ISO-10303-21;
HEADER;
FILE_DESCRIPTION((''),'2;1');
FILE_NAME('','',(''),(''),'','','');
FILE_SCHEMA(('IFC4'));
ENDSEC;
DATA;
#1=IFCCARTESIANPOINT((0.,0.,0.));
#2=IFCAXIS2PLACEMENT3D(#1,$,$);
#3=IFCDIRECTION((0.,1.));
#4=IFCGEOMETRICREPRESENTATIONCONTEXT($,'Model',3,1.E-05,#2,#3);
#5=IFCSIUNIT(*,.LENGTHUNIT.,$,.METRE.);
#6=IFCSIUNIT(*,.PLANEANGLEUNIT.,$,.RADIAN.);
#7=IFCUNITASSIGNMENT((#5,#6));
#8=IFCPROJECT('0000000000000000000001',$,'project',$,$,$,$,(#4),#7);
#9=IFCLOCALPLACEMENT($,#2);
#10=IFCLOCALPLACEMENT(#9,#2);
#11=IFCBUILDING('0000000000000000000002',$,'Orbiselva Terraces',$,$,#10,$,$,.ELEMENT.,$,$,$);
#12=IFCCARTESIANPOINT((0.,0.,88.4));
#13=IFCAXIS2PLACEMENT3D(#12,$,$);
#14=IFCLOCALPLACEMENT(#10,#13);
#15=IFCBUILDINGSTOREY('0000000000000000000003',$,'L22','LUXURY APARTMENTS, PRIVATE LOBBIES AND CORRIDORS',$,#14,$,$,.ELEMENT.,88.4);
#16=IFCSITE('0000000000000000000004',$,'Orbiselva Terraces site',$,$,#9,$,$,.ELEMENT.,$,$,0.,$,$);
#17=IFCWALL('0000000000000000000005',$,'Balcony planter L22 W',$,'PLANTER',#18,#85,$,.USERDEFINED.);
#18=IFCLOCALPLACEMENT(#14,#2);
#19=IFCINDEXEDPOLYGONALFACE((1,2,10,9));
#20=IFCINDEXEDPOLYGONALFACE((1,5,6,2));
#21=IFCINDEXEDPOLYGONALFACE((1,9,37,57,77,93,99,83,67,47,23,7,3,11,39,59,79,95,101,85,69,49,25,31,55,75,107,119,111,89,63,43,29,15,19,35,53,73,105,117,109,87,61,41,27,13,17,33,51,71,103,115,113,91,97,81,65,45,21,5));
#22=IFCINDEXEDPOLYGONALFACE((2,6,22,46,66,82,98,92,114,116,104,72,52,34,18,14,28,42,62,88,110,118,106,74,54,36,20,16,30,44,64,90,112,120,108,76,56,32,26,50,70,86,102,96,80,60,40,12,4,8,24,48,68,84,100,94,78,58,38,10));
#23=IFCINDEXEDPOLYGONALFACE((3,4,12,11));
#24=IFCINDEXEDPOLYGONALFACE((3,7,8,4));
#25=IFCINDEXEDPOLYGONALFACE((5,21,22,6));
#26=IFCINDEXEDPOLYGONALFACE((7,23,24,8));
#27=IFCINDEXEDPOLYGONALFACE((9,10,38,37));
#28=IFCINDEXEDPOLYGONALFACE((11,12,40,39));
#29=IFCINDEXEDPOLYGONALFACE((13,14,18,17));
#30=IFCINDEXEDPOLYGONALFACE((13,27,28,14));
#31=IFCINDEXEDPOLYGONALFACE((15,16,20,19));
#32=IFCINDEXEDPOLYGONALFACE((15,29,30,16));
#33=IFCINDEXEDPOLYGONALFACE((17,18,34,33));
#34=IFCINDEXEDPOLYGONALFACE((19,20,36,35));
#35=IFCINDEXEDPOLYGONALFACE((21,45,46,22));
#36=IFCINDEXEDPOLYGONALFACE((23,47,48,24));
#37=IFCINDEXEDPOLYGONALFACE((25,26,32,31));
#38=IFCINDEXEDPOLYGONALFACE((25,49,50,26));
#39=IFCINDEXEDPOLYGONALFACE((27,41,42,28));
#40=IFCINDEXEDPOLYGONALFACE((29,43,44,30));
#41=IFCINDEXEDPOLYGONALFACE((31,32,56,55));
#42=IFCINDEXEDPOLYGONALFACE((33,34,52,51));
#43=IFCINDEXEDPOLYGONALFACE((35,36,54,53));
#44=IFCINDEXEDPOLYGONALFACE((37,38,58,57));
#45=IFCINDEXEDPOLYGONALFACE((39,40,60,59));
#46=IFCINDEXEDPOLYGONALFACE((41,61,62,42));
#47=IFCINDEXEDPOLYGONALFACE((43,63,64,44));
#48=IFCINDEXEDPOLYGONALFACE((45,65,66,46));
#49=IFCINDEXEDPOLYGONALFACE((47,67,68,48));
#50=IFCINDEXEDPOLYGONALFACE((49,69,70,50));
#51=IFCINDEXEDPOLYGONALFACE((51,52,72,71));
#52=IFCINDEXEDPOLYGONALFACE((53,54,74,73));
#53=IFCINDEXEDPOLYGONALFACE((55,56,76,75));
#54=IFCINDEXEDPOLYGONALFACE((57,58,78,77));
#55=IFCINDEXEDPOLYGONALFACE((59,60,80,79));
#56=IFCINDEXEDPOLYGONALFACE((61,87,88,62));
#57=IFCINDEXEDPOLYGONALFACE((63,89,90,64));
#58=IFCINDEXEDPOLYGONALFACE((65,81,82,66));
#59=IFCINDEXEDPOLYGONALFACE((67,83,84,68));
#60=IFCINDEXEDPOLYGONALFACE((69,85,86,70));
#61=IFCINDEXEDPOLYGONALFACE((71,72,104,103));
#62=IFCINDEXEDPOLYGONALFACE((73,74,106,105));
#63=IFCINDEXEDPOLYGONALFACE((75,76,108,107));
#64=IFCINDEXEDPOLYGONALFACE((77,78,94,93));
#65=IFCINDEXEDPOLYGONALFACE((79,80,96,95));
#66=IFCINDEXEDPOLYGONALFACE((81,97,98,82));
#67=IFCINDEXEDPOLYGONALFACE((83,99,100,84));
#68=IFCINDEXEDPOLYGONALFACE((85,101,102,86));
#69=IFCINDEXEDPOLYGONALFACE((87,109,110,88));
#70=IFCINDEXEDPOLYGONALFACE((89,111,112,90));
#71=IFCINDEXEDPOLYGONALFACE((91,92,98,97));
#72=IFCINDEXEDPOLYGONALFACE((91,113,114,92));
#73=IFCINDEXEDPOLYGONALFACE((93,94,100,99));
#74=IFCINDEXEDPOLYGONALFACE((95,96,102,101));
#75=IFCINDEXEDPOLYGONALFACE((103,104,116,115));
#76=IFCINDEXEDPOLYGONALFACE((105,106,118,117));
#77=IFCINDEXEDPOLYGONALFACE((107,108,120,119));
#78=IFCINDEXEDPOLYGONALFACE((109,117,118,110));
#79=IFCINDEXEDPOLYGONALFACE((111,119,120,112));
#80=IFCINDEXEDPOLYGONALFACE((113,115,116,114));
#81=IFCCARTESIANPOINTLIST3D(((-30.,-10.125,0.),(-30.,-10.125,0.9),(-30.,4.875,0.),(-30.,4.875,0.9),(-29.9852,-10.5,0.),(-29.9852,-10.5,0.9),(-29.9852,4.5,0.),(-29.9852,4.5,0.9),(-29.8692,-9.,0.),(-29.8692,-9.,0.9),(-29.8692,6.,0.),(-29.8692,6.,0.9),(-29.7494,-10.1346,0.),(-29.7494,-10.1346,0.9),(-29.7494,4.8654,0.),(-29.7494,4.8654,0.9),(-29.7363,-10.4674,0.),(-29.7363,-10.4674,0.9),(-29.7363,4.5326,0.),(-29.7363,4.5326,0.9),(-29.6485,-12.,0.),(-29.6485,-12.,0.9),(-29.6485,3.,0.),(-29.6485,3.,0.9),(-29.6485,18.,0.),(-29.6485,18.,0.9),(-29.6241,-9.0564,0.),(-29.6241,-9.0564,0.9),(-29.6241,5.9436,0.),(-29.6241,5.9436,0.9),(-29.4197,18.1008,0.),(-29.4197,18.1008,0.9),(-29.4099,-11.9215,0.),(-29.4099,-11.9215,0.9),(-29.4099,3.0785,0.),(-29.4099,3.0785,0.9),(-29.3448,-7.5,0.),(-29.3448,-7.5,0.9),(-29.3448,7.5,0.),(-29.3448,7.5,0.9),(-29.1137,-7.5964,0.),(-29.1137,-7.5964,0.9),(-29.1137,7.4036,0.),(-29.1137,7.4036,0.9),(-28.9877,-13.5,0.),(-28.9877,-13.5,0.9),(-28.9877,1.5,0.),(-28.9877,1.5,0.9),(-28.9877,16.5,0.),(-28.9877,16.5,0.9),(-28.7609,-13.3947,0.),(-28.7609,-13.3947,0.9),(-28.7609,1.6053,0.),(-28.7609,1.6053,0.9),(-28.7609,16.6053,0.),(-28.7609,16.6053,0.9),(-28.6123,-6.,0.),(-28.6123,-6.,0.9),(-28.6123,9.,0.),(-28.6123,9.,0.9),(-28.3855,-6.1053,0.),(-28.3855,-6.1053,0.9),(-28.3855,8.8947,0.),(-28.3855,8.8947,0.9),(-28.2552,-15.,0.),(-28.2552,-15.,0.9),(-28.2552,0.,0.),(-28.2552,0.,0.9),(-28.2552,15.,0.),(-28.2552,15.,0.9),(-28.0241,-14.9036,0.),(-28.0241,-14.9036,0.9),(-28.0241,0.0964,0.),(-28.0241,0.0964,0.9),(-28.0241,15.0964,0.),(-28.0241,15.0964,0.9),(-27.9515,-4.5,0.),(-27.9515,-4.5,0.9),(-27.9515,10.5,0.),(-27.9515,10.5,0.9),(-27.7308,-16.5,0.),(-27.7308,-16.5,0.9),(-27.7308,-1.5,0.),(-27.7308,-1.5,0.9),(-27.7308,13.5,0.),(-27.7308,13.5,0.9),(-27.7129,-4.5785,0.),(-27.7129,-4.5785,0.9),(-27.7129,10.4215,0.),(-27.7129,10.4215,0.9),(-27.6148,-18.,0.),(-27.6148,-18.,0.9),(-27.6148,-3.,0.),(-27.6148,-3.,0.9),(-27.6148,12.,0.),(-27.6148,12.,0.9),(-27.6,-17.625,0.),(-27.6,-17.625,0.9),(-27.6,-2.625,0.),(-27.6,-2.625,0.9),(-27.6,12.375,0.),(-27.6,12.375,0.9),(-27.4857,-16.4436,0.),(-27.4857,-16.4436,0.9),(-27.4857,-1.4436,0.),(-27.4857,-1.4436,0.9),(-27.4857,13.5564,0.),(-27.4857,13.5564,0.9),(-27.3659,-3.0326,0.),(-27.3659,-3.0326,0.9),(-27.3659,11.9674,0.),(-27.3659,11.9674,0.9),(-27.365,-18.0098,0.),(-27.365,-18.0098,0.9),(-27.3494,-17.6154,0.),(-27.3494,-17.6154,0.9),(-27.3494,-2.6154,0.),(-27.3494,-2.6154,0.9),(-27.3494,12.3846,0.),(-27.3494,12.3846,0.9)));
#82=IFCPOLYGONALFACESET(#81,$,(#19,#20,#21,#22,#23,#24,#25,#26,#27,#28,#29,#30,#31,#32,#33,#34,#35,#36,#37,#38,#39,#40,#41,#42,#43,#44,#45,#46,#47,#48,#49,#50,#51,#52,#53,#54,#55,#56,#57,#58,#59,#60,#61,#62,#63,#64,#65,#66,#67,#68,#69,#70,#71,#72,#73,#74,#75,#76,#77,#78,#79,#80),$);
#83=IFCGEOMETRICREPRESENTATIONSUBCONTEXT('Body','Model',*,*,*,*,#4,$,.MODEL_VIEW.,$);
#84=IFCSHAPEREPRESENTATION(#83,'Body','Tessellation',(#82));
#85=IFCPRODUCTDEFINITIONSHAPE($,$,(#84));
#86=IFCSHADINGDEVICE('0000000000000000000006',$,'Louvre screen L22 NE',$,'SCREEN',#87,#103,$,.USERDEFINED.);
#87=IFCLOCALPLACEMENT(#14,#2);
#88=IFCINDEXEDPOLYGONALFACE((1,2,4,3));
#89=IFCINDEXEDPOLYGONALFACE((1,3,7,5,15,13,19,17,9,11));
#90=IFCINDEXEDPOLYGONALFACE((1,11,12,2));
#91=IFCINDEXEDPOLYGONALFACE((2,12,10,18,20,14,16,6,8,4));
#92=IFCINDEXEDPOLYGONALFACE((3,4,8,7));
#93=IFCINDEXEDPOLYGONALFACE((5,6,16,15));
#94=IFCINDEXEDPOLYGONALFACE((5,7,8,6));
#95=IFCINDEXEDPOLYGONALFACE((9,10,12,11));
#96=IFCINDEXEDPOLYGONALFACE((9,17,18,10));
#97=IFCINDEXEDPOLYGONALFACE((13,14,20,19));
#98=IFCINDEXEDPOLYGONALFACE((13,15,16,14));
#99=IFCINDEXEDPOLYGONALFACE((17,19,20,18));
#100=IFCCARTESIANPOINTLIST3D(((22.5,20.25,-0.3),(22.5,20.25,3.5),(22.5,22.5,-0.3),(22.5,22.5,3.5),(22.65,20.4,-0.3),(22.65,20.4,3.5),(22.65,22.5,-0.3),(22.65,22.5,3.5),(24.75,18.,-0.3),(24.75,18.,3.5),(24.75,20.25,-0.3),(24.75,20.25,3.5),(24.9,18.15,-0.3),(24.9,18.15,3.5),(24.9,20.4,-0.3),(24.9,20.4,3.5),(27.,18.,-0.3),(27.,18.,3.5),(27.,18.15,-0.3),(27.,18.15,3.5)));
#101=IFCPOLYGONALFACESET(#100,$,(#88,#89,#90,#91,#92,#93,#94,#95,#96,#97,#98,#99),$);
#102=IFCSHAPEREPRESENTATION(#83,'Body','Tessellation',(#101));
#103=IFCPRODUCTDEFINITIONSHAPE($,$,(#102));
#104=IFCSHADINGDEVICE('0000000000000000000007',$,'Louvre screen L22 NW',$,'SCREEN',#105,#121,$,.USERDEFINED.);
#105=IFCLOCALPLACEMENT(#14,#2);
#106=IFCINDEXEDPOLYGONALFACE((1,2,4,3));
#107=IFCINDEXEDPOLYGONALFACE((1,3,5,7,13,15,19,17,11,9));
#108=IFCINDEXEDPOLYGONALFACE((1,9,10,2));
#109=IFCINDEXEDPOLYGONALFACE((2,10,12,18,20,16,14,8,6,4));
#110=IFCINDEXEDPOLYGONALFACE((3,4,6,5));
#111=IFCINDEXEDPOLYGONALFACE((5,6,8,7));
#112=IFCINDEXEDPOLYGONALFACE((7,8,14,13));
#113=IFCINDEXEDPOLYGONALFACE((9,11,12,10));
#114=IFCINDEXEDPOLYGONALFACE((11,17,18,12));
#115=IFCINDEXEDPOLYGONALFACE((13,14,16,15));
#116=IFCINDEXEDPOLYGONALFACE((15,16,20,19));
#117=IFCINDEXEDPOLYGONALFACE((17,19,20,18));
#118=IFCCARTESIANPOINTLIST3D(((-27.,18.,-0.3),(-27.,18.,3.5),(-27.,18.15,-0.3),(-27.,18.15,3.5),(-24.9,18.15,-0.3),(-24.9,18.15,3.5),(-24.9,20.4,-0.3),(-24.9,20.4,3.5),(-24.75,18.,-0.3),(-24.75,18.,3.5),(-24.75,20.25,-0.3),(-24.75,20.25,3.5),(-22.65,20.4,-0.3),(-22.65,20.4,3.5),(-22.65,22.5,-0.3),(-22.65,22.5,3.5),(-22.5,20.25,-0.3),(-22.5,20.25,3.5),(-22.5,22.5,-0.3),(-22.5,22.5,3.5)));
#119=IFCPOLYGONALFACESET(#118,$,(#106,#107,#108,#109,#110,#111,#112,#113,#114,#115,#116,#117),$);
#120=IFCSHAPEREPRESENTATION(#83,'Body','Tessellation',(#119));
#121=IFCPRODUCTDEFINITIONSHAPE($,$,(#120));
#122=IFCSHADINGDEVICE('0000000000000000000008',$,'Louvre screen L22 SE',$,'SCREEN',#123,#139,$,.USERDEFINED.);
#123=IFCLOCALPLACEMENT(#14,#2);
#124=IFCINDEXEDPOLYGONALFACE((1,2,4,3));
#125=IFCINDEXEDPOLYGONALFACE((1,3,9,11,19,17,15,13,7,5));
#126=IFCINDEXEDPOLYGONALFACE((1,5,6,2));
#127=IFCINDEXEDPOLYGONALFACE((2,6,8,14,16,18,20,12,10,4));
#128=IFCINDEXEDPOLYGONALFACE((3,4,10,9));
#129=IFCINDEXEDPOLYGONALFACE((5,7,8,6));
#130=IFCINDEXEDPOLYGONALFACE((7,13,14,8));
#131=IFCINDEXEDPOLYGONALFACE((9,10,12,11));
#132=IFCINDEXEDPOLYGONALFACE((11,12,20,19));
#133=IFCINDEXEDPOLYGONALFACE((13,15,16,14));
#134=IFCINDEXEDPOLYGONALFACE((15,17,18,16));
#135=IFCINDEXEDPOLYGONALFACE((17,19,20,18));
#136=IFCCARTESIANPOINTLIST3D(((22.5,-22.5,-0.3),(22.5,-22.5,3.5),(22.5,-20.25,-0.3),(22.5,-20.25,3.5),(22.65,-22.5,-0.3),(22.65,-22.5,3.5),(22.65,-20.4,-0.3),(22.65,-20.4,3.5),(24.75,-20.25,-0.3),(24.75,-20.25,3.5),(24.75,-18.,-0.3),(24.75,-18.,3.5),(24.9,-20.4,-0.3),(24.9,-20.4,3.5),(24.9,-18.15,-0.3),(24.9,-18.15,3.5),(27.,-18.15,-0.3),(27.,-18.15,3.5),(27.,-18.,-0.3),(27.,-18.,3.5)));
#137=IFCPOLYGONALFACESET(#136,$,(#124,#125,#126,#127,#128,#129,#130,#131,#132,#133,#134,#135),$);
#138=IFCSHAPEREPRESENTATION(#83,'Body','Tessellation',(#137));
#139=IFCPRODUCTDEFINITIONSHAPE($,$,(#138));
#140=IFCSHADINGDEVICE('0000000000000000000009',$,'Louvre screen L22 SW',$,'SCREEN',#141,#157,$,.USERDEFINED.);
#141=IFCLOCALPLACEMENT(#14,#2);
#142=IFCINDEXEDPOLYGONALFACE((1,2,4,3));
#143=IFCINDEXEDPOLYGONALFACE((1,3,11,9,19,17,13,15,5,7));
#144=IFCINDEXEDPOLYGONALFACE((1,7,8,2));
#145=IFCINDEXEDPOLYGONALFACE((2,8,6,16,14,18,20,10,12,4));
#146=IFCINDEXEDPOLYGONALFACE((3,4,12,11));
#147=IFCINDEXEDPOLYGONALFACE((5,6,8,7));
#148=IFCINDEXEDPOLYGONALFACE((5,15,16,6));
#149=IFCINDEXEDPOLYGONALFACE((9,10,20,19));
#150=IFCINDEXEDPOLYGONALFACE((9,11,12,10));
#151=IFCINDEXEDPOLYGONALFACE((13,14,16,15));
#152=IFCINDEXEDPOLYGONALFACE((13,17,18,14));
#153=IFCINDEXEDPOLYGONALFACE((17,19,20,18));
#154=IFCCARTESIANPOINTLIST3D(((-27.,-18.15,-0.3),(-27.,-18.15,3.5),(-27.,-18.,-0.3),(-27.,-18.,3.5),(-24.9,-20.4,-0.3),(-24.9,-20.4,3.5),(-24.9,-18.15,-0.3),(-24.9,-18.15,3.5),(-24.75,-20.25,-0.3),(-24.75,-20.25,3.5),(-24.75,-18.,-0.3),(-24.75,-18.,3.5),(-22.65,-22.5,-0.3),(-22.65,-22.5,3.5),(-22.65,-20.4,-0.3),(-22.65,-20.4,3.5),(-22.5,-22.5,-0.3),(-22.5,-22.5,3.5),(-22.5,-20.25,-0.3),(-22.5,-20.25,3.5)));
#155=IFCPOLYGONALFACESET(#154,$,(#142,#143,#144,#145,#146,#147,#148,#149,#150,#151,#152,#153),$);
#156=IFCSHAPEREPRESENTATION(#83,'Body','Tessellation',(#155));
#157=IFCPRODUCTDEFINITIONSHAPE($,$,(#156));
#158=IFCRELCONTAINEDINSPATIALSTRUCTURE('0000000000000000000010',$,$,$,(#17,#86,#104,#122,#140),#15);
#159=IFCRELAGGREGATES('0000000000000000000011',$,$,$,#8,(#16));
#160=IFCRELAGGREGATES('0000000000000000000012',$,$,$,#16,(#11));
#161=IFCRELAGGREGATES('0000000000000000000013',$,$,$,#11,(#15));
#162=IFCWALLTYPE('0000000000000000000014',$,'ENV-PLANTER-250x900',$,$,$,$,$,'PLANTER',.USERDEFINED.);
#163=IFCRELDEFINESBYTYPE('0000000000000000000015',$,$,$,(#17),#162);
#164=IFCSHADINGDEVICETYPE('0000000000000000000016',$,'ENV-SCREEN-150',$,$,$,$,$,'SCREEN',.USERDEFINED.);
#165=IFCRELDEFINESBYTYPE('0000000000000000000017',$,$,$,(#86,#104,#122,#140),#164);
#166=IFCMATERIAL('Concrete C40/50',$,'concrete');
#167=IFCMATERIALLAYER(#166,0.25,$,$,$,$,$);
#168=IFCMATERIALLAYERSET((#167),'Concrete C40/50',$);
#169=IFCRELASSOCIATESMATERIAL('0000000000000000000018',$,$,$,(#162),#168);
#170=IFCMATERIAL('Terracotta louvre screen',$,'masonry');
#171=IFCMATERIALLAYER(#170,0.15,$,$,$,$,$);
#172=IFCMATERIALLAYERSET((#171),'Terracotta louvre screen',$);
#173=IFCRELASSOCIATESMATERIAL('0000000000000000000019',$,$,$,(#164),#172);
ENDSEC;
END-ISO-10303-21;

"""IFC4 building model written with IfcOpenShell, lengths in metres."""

from ifc_helpers import new_model, si_unit, direction, frame, origin, place, context, subcontext, project, spatial, polyline, outline, extrude, material, layer, layer_set, type_object, element, save


model = new_model("IFC4")

# Units and contexts
model_context = context("Model", 3, precision=1e-05, world=origin(), true_north=direction((0.0, 1.0)))
body_context = subcontext(model_context, "Body", "Model", "MODEL_VIEW")
ifc_project = project(units=[si_unit("LENGTHUNIT", "METRE"), si_unit("PLANEANGLEUNIT", "RADIAN")], contexts=[model_context])

# Site, building, storey
site_placement = place(None, origin())
site = spatial("IfcSite", under=ifc_project, at=site_placement, Name="Orbiselva Terraces site", CompositionType="ELEMENT", RefElevation=0.0)
building_placement = place(site_placement, origin())
building = spatial("IfcBuilding", under=site, at=building_placement, Name="Orbiselva Terraces", CompositionType="ELEMENT")
storey_placement = place(building_placement, frame((0.0, 0.0, 88.4)))
storey = spatial("IfcBuildingStorey", under=building, at=storey_placement, Name="L22", Description="LUXURY APARTMENTS, PRIVATE LOBBIES AND CORRIDORS", CompositionType="ELEMENT", Elevation=88.4)

# Shared definitions
ifc_material_1 = material(Name="Concrete C40/50", Category="concrete")

# Wall
ifc_layer_1 = layer(ifc_material_1, 0.25)
ifc_layer_set_1 = layer_set([ifc_layer_1], Name="Concrete C40/50")
wall_type = type_object("IfcWallType", Name="ENV-PLANTER-250x900", ElementType="PLANTER", PredefinedType="USERDEFINED", material=ifc_layer_set_1)
wall_1_placement = place(storey_placement, origin())
element("IfcWall", 1, at=wall_1_placement, inside=storey, type_object=wall_type, Name="Balcony planter L22 W", ObjectType="PLANTER", PredefinedType="USERDEFINED", context=body_context, shape_type="SweptSolid", body=[
    extrude(outline(polyline([(-29.6485, 18.0), (-28.9877, 16.5), (-28.2552, 15.0), (-27.7308, 13.5), (-27.6, 12.375), (-27.6148, 12.0), (-27.9515, 10.5), (-28.6123, 9.0), (-29.3448, 7.5), (-29.8692, 6.0), (-30.0, 4.875), (-29.9852, 4.5), (-29.6485, 3.0), (-28.9877, 1.5), (-28.2552, 0.0), (-27.7308, -1.5), (-27.6, -2.625), (-27.6148, -3.0), (-27.9515, -4.5), (-28.6123, -6.0), (-29.3448, -7.5), (-29.8692, -9.0), (-30.0, -10.125), (-29.9852, -10.5), (-29.6485, -12.0), (-28.9877, -13.5), (-28.2552, -15.0), (-27.7308, -16.5), (-27.6, -17.625), (-27.6148, -18.0), (-27.365, -18.0098), (-27.3494, -17.6154), (-27.4857, -16.4436), (-28.0241, -14.9036), (-28.7609, -13.3947), (-29.4099, -11.9215), (-29.7363, -10.4674), (-29.7494, -10.1346), (-29.6241, -9.0564), (-29.1137, -7.5964), (-28.3855, -6.1053), (-27.7129, -4.5785), (-27.3659, -3.0326), (-27.3494, -2.6154), (-27.4857, -1.4436), (-28.0241, 0.0964), (-28.7609, 1.6053), (-29.4099, 3.0785), (-29.7363, 4.5326), (-29.7494, 4.8654), (-29.6241, 5.9436), (-29.1137, 7.4036), (-28.3855, 8.8947), (-27.7129, 10.4215), (-27.3659, 11.9674), (-27.3494, 12.3846), (-27.4857, 13.5564), (-28.0241, 15.0964), (-28.7609, 16.6053), (-29.4197, 18.1008), (-29.6485, 18.0)])), origin(), (0.0, 0.0, 1.0), 0.9),
])

# Shading devices
ifc_material_2 = material(Name="Terracotta louvre screen", Category="masonry")
ifc_layer_2 = layer(ifc_material_2, 0.15)
ifc_layer_set_2 = layer_set([ifc_layer_2], Name="Terracotta louvre screen")
shading_device_type = type_object("IfcShadingDeviceType", Name="ENV-SCREEN-150", ElementType="SCREEN", PredefinedType="USERDEFINED", material=ifc_layer_set_2)
shading_device_1_placement = place(storey_placement, frame((0.0, 0.0, -0.3)))
element("IfcShadingDevice", 2, at=shading_device_1_placement, inside=storey, type_object=shading_device_type, Name="Louvre screen L22 NE", ObjectType="SCREEN", PredefinedType="USERDEFINED", context=body_context, shape_type="SweptSolid", body=[
    extrude(outline(polyline([(27.0, 18.15), (24.9, 18.15), (24.9, 20.4), (22.65, 20.4), (22.65, 22.5), (22.5, 22.5), (22.5, 20.25), (24.75, 20.25), (24.75, 18.0), (27.0, 18.0), (27.0, 18.15)])), origin(), (0.0, 0.0, 1.0), 3.8),
])
shading_device_2_placement = place(storey_placement, frame((0.0, 0.0, -0.3)))
element("IfcShadingDevice", 3, at=shading_device_2_placement, inside=storey, type_object=shading_device_type, Name="Louvre screen L22 NW", ObjectType="SCREEN", PredefinedType="USERDEFINED", context=body_context, shape_type="SweptSolid", body=[
    extrude(outline(polyline([(-22.65, 22.5), (-22.65, 20.4), (-24.9, 20.4), (-24.9, 18.15), (-27.0, 18.15), (-27.0, 18.0), (-24.75, 18.0), (-24.75, 20.25), (-22.5, 20.25), (-22.5, 22.5), (-22.65, 22.5)])), origin(), (0.0, 0.0, 1.0), 3.8),
])
shading_device_3_placement = place(storey_placement, frame((0.0, 0.0, -0.3)))
element("IfcShadingDevice", 4, at=shading_device_3_placement, inside=storey, type_object=shading_device_type, Name="Louvre screen L22 SE", ObjectType="SCREEN", PredefinedType="USERDEFINED", context=body_context, shape_type="SweptSolid", body=[
    extrude(outline(polyline([(22.65, -22.5), (22.65, -20.4), (24.9, -20.4), (24.9, -18.15), (27.0, -18.15), (27.0, -18.0), (24.75, -18.0), (24.75, -20.25), (22.5, -20.25), (22.5, -22.5), (22.65, -22.5)])), origin(), (0.0, 0.0, 1.0), 3.8),
])
shading_device_4_placement = place(storey_placement, frame((0.0, 0.0, -0.3)))
element("IfcShadingDevice", 5, at=shading_device_4_placement, inside=storey, type_object=shading_device_type, Name="Louvre screen L22 SW", ObjectType="SCREEN", PredefinedType="USERDEFINED", context=body_context, shape_type="SweptSolid", body=[
    extrude(outline(polyline([(-27.0, -18.15), (-24.9, -18.15), (-24.9, -20.4), (-22.65, -20.4), (-22.65, -22.5), (-22.5, -22.5), (-22.5, -20.25), (-24.75, -20.25), (-24.75, -18.0), (-27.0, -18.0), (-27.0, -18.15)])), origin(), (0.0, 0.0, 1.0), 3.8),
])

save(model, "model.ifc")
